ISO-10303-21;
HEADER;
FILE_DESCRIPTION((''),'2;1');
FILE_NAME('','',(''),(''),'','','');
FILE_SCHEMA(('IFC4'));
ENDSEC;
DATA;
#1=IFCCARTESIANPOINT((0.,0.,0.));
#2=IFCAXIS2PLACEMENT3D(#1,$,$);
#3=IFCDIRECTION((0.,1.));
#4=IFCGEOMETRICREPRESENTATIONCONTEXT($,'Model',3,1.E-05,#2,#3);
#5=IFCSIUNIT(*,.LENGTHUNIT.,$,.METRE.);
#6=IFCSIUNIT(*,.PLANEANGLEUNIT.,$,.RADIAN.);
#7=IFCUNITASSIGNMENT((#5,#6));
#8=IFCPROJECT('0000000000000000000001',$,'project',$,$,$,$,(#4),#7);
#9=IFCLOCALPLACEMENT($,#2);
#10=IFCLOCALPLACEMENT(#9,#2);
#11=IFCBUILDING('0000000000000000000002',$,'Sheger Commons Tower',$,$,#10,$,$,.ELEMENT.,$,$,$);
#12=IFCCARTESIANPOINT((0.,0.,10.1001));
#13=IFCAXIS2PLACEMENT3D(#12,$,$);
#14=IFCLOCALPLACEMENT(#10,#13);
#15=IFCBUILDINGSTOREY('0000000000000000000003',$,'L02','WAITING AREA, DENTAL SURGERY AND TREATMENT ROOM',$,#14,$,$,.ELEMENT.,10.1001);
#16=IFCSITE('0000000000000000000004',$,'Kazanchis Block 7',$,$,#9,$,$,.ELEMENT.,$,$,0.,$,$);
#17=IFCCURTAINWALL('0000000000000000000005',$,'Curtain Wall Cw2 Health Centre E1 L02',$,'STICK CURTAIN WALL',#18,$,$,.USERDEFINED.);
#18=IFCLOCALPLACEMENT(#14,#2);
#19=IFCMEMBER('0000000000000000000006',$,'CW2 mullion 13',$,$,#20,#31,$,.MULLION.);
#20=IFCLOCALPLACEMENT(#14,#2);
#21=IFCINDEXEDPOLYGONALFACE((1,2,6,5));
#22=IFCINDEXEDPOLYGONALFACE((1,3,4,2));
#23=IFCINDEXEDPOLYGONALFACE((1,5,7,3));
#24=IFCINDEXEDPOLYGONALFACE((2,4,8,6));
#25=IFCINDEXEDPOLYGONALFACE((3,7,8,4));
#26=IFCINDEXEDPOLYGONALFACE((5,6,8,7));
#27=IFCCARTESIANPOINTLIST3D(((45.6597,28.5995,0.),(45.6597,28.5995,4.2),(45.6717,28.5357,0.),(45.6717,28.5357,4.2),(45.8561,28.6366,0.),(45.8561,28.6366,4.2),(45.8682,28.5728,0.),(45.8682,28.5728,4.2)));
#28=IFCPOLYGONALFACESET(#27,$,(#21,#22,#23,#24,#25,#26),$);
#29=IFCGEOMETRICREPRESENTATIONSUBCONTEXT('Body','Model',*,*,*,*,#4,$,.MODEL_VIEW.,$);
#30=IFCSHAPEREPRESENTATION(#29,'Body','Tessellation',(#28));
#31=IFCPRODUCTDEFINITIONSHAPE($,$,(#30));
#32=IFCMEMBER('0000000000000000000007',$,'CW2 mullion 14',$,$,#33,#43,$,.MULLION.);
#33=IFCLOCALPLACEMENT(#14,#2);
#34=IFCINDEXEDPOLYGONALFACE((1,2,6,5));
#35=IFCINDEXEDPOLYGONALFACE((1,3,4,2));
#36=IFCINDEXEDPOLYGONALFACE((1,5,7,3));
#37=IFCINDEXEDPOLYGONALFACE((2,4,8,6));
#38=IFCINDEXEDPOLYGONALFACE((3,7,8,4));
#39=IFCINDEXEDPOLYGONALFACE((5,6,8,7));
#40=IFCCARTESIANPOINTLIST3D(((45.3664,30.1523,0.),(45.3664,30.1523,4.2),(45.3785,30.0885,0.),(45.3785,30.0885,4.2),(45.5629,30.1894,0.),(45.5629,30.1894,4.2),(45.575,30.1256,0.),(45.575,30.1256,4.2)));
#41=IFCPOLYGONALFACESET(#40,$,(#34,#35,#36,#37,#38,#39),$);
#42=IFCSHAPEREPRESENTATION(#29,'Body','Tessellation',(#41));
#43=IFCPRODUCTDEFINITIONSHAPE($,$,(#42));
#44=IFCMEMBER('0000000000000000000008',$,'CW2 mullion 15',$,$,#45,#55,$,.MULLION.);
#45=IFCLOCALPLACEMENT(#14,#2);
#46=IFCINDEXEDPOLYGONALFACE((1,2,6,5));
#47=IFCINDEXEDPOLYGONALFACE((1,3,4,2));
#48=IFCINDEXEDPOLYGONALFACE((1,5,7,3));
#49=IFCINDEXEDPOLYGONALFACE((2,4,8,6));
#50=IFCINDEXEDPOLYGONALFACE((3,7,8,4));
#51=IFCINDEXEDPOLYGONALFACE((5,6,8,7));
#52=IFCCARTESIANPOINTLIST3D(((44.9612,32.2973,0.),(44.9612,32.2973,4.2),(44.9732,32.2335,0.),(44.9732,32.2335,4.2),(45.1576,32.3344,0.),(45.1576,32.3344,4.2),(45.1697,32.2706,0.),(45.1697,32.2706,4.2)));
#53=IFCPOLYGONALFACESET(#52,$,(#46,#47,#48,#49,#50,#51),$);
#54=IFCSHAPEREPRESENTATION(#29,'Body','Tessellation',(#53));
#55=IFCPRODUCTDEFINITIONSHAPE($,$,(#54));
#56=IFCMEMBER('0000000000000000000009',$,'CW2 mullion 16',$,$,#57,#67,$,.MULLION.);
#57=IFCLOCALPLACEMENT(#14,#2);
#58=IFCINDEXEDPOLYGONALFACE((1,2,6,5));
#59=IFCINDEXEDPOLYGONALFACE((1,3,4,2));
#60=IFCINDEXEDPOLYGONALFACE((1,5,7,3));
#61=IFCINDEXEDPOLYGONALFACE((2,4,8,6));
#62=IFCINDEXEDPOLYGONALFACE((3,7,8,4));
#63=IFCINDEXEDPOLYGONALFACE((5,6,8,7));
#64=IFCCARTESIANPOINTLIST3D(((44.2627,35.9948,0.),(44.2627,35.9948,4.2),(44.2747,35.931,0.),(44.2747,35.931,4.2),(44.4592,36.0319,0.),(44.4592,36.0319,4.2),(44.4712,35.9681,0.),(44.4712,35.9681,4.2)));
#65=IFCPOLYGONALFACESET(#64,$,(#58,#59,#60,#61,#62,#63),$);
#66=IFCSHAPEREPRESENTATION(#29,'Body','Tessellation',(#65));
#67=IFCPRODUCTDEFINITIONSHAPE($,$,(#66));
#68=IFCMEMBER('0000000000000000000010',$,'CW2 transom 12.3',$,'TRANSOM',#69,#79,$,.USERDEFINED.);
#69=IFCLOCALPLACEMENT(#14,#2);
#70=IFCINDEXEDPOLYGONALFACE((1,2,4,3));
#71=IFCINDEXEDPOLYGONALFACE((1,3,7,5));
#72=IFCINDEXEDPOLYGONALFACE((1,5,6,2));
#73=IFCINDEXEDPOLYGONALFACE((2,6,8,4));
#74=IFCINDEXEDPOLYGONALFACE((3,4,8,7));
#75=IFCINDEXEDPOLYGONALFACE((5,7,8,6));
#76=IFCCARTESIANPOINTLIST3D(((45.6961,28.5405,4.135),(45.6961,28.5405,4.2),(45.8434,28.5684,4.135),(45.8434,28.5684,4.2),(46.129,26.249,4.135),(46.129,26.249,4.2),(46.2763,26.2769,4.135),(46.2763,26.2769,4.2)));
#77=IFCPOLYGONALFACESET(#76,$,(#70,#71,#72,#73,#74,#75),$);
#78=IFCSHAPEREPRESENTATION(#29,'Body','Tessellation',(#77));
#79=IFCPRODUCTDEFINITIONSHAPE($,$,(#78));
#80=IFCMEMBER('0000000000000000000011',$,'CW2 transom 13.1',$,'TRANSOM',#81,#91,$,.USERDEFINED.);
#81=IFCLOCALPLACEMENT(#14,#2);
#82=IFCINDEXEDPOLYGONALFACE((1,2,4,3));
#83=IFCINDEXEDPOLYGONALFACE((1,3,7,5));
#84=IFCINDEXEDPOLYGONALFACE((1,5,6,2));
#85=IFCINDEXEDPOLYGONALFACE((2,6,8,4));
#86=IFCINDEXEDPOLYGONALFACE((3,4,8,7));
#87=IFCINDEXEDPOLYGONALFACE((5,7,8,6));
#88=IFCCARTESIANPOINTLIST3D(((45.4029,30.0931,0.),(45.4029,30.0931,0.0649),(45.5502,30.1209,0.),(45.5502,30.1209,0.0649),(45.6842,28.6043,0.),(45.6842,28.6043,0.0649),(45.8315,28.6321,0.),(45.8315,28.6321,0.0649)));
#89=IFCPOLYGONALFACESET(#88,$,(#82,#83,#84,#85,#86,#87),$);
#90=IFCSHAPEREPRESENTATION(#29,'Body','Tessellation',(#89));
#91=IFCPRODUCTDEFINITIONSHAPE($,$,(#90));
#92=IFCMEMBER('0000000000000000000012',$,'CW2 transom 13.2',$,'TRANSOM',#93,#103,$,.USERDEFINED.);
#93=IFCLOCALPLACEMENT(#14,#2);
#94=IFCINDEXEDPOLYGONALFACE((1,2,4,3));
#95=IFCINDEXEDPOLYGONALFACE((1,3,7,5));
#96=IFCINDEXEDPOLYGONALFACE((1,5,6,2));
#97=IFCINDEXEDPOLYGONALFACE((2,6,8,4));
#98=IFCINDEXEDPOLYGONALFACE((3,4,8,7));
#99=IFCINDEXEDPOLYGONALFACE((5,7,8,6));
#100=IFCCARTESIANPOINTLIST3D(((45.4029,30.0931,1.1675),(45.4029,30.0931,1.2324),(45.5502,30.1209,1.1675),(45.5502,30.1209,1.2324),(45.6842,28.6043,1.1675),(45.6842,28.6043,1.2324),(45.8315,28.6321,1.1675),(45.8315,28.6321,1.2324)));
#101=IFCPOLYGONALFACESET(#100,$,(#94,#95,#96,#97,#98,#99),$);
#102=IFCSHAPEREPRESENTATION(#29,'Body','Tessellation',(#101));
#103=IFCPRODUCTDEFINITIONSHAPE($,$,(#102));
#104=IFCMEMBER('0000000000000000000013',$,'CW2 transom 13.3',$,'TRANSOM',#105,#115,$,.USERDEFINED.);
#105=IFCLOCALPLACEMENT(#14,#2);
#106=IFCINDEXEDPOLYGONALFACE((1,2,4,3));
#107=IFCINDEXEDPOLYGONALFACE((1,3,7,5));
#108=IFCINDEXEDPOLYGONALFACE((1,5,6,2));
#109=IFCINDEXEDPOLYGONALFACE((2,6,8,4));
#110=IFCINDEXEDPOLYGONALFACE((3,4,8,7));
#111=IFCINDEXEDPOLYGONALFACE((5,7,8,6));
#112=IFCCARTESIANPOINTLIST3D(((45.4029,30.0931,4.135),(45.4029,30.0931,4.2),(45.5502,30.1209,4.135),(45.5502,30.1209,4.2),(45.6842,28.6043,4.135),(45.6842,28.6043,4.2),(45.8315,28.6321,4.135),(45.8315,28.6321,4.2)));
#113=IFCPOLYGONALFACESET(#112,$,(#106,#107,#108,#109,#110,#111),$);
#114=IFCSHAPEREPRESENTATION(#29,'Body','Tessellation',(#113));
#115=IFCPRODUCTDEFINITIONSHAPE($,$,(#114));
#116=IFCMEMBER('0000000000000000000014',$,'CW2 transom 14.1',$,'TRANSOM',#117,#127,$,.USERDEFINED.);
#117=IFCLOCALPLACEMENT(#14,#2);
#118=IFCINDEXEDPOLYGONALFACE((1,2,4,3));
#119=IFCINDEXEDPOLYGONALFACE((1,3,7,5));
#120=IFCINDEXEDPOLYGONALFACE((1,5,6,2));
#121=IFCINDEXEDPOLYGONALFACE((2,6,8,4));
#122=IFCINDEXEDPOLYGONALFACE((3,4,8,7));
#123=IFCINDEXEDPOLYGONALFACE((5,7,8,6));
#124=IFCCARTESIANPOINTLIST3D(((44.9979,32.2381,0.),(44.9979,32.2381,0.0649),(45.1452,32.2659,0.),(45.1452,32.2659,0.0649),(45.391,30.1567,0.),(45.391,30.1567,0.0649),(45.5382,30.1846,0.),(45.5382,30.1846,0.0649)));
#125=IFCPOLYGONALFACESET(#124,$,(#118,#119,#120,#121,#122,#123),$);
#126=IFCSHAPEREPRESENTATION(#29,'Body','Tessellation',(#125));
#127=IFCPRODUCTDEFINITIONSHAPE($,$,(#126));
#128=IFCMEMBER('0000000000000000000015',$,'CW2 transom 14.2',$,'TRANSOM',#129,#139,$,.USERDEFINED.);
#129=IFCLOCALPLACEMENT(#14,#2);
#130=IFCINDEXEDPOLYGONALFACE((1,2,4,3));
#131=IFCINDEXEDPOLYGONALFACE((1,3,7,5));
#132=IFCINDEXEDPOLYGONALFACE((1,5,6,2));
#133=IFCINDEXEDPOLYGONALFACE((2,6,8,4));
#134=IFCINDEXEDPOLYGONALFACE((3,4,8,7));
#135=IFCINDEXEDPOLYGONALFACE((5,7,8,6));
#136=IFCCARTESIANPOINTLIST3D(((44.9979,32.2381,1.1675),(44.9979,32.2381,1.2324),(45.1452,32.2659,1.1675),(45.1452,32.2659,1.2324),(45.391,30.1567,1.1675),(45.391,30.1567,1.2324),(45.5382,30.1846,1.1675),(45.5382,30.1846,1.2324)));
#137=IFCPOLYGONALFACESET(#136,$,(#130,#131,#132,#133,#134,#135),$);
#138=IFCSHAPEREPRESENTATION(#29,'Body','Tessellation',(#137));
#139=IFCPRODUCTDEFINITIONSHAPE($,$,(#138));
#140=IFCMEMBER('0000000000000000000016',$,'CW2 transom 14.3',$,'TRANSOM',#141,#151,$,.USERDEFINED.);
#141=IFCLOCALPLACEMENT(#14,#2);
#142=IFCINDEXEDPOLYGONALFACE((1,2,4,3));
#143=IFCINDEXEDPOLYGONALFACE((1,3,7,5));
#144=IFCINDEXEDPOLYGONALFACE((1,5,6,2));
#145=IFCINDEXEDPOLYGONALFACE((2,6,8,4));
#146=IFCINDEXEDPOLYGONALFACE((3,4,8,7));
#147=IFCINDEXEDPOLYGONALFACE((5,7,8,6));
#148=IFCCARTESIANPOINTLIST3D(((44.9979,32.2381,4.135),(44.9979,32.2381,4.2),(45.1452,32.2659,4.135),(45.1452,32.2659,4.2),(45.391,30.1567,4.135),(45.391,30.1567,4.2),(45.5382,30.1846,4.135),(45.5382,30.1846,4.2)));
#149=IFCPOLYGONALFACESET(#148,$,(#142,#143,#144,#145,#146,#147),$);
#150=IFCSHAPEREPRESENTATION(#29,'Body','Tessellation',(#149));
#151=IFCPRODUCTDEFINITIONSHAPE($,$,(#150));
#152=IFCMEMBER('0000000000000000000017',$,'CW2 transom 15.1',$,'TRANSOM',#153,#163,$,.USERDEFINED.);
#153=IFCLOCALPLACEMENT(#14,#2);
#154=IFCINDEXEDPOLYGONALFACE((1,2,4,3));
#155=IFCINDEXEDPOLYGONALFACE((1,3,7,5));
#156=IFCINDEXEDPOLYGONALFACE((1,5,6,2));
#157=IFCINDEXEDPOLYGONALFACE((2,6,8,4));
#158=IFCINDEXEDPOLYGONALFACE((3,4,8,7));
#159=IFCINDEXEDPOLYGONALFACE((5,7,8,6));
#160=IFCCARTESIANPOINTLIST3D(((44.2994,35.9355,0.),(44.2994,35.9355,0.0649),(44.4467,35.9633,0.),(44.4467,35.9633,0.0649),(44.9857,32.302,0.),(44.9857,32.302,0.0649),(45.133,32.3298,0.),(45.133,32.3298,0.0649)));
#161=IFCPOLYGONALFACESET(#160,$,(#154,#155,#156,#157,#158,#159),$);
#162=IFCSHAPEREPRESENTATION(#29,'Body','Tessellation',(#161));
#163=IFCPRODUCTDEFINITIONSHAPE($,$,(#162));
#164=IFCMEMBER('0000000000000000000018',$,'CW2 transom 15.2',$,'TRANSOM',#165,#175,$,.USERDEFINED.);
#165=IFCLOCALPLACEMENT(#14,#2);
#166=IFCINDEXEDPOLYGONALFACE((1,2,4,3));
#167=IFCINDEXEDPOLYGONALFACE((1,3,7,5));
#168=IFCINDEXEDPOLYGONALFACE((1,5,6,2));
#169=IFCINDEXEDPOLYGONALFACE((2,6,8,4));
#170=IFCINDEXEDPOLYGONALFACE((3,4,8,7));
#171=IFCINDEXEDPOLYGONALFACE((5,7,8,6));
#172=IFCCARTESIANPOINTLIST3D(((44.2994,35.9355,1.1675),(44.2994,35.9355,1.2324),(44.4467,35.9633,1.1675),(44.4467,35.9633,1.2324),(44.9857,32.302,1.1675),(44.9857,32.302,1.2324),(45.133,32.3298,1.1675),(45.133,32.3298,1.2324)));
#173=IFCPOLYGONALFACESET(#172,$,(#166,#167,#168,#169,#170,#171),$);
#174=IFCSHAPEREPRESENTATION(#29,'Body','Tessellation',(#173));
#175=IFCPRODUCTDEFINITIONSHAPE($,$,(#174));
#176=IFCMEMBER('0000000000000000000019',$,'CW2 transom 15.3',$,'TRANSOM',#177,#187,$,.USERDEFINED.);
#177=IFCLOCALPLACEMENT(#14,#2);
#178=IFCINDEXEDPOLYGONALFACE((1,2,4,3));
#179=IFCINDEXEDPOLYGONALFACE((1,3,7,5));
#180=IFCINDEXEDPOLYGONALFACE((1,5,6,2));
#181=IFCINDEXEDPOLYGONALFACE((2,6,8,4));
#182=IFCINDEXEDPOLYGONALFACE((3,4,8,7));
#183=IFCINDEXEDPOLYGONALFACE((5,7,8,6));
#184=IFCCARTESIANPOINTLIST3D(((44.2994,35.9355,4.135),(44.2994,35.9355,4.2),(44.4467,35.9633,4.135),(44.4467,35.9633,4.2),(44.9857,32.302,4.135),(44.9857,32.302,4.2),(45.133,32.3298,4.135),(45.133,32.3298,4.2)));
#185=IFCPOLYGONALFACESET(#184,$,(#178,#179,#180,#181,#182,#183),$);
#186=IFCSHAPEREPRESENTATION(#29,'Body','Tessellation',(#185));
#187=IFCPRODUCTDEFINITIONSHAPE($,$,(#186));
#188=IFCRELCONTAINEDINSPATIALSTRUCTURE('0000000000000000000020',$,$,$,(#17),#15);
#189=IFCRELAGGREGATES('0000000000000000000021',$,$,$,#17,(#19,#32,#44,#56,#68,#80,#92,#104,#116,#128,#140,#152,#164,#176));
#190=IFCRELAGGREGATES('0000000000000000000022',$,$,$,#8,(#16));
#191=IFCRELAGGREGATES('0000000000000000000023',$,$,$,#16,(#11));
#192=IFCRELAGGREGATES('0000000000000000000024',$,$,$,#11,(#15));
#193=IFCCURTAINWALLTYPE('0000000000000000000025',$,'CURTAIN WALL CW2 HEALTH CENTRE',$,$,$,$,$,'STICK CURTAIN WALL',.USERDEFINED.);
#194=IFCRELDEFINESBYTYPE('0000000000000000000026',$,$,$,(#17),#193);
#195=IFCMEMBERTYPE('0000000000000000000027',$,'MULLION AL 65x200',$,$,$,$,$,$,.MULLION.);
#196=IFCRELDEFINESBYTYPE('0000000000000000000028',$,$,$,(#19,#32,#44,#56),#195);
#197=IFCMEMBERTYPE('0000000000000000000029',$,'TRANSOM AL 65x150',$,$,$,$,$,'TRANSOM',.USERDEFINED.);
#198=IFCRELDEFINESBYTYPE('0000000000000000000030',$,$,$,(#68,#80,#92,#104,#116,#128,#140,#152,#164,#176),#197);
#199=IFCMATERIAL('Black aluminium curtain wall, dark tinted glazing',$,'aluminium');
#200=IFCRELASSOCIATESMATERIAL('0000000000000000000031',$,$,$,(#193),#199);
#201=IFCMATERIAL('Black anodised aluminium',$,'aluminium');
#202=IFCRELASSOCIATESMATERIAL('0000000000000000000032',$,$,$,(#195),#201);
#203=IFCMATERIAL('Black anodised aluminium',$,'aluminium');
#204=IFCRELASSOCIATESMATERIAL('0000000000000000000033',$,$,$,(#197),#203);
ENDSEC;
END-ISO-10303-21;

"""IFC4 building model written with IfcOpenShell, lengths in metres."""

from ifc_helpers import new_model, si_unit, direction, frame, origin, origin_2d, place, context, subcontext, project, spatial, rectangle, extrude, material, material_profile, profile_set, type_object, element, aggregate, save


model = new_model("IFC4")

# Units and contexts
model_context = context("Model", 3, precision=1e-05, world=origin(), true_north=direction((0.0, 1.0)))
body_context = subcontext(model_context, "Body", "Model", "MODEL_VIEW")
ifc_project = project(units=[si_unit("LENGTHUNIT", "METRE"), si_unit("PLANEANGLEUNIT", "RADIAN")], contexts=[model_context])

# Site, building, storey
site_placement = place(None, origin())
site = spatial("IfcSite", under=ifc_project, at=site_placement, Name="Kazanchis Block 7", CompositionType="ELEMENT", RefElevation=0.0)
building_placement = place(site_placement, origin())
building = spatial("IfcBuilding", under=site, at=building_placement, Name="Sheger Commons Tower", CompositionType="ELEMENT")
storey_placement = place(building_placement, frame((0.0, 0.0, 10.1001)))
storey = spatial("IfcBuildingStorey", under=building, at=storey_placement, Name="L02", Description="WAITING AREA, DENTAL SURGERY AND TREATMENT ROOM", CompositionType="ELEMENT", Elevation=10.1001)

# Curtain wall, members
ifc_material_1 = material(Name="Black aluminium curtain wall, dark tinted glazing", Category="aluminium")
curtain_wall_type = type_object("IfcCurtainWallType", Name="CURTAIN WALL CW2 HEALTH CENTRE", ElementType="STICK CURTAIN WALL", PredefinedType="USERDEFINED", material=ifc_material_1)
curtain_wall_placement = place(storey_placement, origin())
curtain_wall = element("IfcCurtainWall", 1, at=curtain_wall_placement, inside=storey, type_object=curtain_wall_type, Name="Curtain Wall Cw2 Health Centre E1 L02", ObjectType="STICK CURTAIN WALL", PredefinedType="USERDEFINED")
ifc_material_2 = material(Name="Black anodised aluminium", Category="aluminium")
ifc_material_profile_1 = material_profile(ifc_material_2, rectangle(XDim=0.2, YDim=0.0649, at=origin_2d()), Name="AL 65x200")
ifc_profile_set_1 = profile_set([ifc_material_profile_1], Name="Black anodised aluminium")
member_type_1 = type_object("IfcMemberType", Name="MULLION AL 65x200", PredefinedType="MULLION", material=ifc_profile_set_1)
member_1_placement = place(storey_placement, frame((45.7639, 28.5862, 0.0), z_axis=(0.0, 0.0, 1.0), x_axis=(-0.982624, -0.18561, 0.0)))
member_1 = element("IfcMember", 2, at=member_1_placement, type_object=member_type_1, Name="CW2 mullion 13", PredefinedType="MULLION", context=body_context, shape_type="SweptSolid", body=[
    extrude(rectangle(XDim=0.2, YDim=0.0649, at=origin_2d()), origin(), (0.0, 0.0, 1.0), 4.2),
])
member_2_placement = place(storey_placement, frame((45.4707, 30.1389, 0.0), z_axis=(0.0, 0.0, 1.0), x_axis=(-0.982624, -0.18561, 0.0)))
member_2 = element("IfcMember", 3, at=member_2_placement, type_object=member_type_1, Name="CW2 mullion 14", PredefinedType="MULLION", context=body_context, shape_type="SweptSolid", body=[
    extrude(rectangle(XDim=0.2, YDim=0.0649, at=origin_2d()), origin(), (0.0, 0.0, 1.0), 4.2),
])
member_3_placement = place(storey_placement, frame((45.0654, 32.2839, 0.0), z_axis=(0.0, 0.0, 1.0), x_axis=(-0.982624, -0.18561, 0.0)))
member_3 = element("IfcMember", 4, at=member_3_placement, type_object=member_type_1, Name="CW2 mullion 15", PredefinedType="MULLION", context=body_context, shape_type="SweptSolid", body=[
    extrude(rectangle(XDim=0.2, YDim=0.0649, at=origin_2d()), origin(), (0.0, 0.0, 1.0), 4.2),
])
member_4_placement = place(storey_placement, frame((44.3669, 35.9814, 0.0), z_axis=(0.0, 0.0, 1.0), x_axis=(-0.982624, -0.18561, 0.0)))
member_4 = element("IfcMember", 5, at=member_4_placement, type_object=member_type_1, Name="CW2 mullion 16", PredefinedType="MULLION", context=body_context, shape_type="SweptSolid", body=[
    extrude(rectangle(XDim=0.2, YDim=0.0649, at=origin_2d()), origin(), (0.0, 0.0, 1.0), 4.2),
])
ifc_material_3 = material(Name="Black anodised aluminium", Category="aluminium")
ifc_material_profile_2 = material_profile(ifc_material_3, rectangle(XDim=0.1499, YDim=0.0649, at=origin_2d()), Name="AL 65x150")
ifc_profile_set_2 = profile_set([ifc_material_profile_2], Name="Black anodised aluminium")
member_type_2 = type_object("IfcMemberType", Name="TRANSOM AL 65x150", ElementType="TRANSOM", PredefinedType="USERDEFINED", material=ifc_profile_set_2)
member_5_placement = place(storey_placement, frame((46.2026, 26.2629, 4.1675), z_axis=(-0.185616, 0.982622, 0.0), x_axis=(-0.982622, -0.185616, 0.0)))
member_5 = element("IfcMember", 6, at=member_5_placement, type_object=member_type_2, Name="CW2 transom 12.3", ObjectType="TRANSOM", PredefinedType="USERDEFINED", context=body_context, shape_type="SweptSolid", body=[
    extrude(rectangle(XDim=0.1499, YDim=0.0649, at=origin_2d()), origin(), (0.0, 0.0, 1.0), 2.332),
])
member_6_placement = place(storey_placement, frame((45.7578, 28.6182, 0.0325), z_axis=(-0.185631, 0.98262, 0.0), x_axis=(-0.98262, -0.185631, 0.0)))
member_6 = element("IfcMember", 7, at=member_6_placement, type_object=member_type_2, Name="CW2 transom 13.1", ObjectType="TRANSOM", PredefinedType="USERDEFINED", context=body_context, shape_type="SweptSolid", body=[
    extrude(rectangle(XDim=0.1499, YDim=0.0649, at=origin_2d()), origin(), (0.0, 0.0, 1.0), 1.5151),
])
member_7_placement = place(storey_placement, frame((45.7578, 28.6182, 1.2), z_axis=(-0.185631, 0.98262, 0.0), x_axis=(-0.98262, -0.185631, 0.0)))
member_7 = element("IfcMember", 8, at=member_7_placement, type_object=member_type_2, Name="CW2 transom 13.2", ObjectType="TRANSOM", PredefinedType="USERDEFINED", context=body_context, shape_type="SweptSolid", body=[
    extrude(rectangle(XDim=0.1499, YDim=0.0649, at=origin_2d()), origin(), (0.0, 0.0, 1.0), 1.5151),
])
member_8_placement = place(storey_placement, frame((45.7578, 28.6182, 4.1675), z_axis=(-0.185631, 0.98262, 0.0), x_axis=(-0.98262, -0.185631, 0.0)))
member_8 = element("IfcMember", 9, at=member_8_placement, type_object=member_type_2, Name="CW2 transom 13.3", ObjectType="TRANSOM", PredefinedType="USERDEFINED", context=body_context, shape_type="SweptSolid", body=[
    extrude(rectangle(XDim=0.1499, YDim=0.0649, at=origin_2d()), origin(), (0.0, 0.0, 1.0), 1.5151),
])
member_9_placement = place(storey_placement, frame((45.4646, 30.1707, 0.0325), z_axis=(-0.185576, 0.98263, 0.0), x_axis=(-0.98263, -0.185576, 0.0)))
member_9 = element("IfcMember", 10, at=member_9_placement, type_object=member_type_2, Name="CW2 transom 14.1", ObjectType="TRANSOM", PredefinedType="USERDEFINED", context=body_context, shape_type="SweptSolid", body=[
    extrude(rectangle(XDim=0.1499, YDim=0.0649, at=origin_2d()), origin(), (0.0, 0.0, 1.0), 2.1182),
])
member_10_placement = place(storey_placement, frame((45.4646, 30.1707, 1.2), z_axis=(-0.185576, 0.98263, 0.0), x_axis=(-0.98263, -0.185576, 0.0)))
member_10 = element("IfcMember", 11, at=member_10_placement, type_object=member_type_2, Name="CW2 transom 14.2", ObjectType="TRANSOM", PredefinedType="USERDEFINED", context=body_context, shape_type="SweptSolid", body=[
    extrude(rectangle(XDim=0.1499, YDim=0.0649, at=origin_2d()), origin(), (0.0, 0.0, 1.0), 2.1182),
])
member_11_placement = place(storey_placement, frame((45.4646, 30.1707, 4.1675), z_axis=(-0.185576, 0.98263, 0.0), x_axis=(-0.98263, -0.185576, 0.0)))
member_11 = element("IfcMember", 12, at=member_11_placement, type_object=member_type_2, Name="CW2 transom 14.3", ObjectType="TRANSOM", PredefinedType="USERDEFINED", context=body_context, shape_type="SweptSolid", body=[
    extrude(rectangle(XDim=0.1499, YDim=0.0649, at=origin_2d()), origin(), (0.0, 0.0, 1.0), 2.1182),
])
member_12_placement = place(storey_placement, frame((45.0593, 32.3159, 0.0325), z_axis=(-0.185592, 0.982627, 0.0), x_axis=(-0.982627, -0.185592, 0.0)))
member_12 = element("IfcMember", 13, at=member_12_placement, type_object=member_type_2, Name="CW2 transom 15.1", ObjectType="TRANSOM", PredefinedType="USERDEFINED", context=body_context, shape_type="SweptSolid", body=[
    extrude(rectangle(XDim=0.1499, YDim=0.0649, at=origin_2d()), origin(), (0.0, 0.0, 1.0), 3.6978),
])
member_13_placement = place(storey_placement, frame((45.0593, 32.3159, 1.2), z_axis=(-0.185592, 0.982627, 0.0), x_axis=(-0.982627, -0.185592, 0.0)))
member_13 = element("IfcMember", 14, at=member_13_placement, type_object=member_type_2, Name="CW2 transom 15.2", ObjectType="TRANSOM", PredefinedType="USERDEFINED", context=body_context, shape_type="SweptSolid", body=[
    extrude(rectangle(XDim=0.1499, YDim=0.0649, at=origin_2d()), origin(), (0.0, 0.0, 1.0), 3.6978),
])
member_14_placement = place(storey_placement, frame((45.0593, 32.3159, 4.1675), z_axis=(-0.185592, 0.982627, 0.0), x_axis=(-0.982627, -0.185592, 0.0)))
member_14 = element("IfcMember", 15, at=member_14_placement, type_object=member_type_2, Name="CW2 transom 15.3", ObjectType="TRANSOM", PredefinedType="USERDEFINED", context=body_context, shape_type="SweptSolid", body=[
    extrude(rectangle(XDim=0.1499, YDim=0.0649, at=origin_2d()), origin(), (0.0, 0.0, 1.0), 3.6978),
])
aggregate(curtain_wall, [member_1, member_2, member_3, member_4, member_5, member_6, member_7, member_8, member_9, member_10, member_11, member_12, member_13, member_14])

save(model, "model.ifc")
